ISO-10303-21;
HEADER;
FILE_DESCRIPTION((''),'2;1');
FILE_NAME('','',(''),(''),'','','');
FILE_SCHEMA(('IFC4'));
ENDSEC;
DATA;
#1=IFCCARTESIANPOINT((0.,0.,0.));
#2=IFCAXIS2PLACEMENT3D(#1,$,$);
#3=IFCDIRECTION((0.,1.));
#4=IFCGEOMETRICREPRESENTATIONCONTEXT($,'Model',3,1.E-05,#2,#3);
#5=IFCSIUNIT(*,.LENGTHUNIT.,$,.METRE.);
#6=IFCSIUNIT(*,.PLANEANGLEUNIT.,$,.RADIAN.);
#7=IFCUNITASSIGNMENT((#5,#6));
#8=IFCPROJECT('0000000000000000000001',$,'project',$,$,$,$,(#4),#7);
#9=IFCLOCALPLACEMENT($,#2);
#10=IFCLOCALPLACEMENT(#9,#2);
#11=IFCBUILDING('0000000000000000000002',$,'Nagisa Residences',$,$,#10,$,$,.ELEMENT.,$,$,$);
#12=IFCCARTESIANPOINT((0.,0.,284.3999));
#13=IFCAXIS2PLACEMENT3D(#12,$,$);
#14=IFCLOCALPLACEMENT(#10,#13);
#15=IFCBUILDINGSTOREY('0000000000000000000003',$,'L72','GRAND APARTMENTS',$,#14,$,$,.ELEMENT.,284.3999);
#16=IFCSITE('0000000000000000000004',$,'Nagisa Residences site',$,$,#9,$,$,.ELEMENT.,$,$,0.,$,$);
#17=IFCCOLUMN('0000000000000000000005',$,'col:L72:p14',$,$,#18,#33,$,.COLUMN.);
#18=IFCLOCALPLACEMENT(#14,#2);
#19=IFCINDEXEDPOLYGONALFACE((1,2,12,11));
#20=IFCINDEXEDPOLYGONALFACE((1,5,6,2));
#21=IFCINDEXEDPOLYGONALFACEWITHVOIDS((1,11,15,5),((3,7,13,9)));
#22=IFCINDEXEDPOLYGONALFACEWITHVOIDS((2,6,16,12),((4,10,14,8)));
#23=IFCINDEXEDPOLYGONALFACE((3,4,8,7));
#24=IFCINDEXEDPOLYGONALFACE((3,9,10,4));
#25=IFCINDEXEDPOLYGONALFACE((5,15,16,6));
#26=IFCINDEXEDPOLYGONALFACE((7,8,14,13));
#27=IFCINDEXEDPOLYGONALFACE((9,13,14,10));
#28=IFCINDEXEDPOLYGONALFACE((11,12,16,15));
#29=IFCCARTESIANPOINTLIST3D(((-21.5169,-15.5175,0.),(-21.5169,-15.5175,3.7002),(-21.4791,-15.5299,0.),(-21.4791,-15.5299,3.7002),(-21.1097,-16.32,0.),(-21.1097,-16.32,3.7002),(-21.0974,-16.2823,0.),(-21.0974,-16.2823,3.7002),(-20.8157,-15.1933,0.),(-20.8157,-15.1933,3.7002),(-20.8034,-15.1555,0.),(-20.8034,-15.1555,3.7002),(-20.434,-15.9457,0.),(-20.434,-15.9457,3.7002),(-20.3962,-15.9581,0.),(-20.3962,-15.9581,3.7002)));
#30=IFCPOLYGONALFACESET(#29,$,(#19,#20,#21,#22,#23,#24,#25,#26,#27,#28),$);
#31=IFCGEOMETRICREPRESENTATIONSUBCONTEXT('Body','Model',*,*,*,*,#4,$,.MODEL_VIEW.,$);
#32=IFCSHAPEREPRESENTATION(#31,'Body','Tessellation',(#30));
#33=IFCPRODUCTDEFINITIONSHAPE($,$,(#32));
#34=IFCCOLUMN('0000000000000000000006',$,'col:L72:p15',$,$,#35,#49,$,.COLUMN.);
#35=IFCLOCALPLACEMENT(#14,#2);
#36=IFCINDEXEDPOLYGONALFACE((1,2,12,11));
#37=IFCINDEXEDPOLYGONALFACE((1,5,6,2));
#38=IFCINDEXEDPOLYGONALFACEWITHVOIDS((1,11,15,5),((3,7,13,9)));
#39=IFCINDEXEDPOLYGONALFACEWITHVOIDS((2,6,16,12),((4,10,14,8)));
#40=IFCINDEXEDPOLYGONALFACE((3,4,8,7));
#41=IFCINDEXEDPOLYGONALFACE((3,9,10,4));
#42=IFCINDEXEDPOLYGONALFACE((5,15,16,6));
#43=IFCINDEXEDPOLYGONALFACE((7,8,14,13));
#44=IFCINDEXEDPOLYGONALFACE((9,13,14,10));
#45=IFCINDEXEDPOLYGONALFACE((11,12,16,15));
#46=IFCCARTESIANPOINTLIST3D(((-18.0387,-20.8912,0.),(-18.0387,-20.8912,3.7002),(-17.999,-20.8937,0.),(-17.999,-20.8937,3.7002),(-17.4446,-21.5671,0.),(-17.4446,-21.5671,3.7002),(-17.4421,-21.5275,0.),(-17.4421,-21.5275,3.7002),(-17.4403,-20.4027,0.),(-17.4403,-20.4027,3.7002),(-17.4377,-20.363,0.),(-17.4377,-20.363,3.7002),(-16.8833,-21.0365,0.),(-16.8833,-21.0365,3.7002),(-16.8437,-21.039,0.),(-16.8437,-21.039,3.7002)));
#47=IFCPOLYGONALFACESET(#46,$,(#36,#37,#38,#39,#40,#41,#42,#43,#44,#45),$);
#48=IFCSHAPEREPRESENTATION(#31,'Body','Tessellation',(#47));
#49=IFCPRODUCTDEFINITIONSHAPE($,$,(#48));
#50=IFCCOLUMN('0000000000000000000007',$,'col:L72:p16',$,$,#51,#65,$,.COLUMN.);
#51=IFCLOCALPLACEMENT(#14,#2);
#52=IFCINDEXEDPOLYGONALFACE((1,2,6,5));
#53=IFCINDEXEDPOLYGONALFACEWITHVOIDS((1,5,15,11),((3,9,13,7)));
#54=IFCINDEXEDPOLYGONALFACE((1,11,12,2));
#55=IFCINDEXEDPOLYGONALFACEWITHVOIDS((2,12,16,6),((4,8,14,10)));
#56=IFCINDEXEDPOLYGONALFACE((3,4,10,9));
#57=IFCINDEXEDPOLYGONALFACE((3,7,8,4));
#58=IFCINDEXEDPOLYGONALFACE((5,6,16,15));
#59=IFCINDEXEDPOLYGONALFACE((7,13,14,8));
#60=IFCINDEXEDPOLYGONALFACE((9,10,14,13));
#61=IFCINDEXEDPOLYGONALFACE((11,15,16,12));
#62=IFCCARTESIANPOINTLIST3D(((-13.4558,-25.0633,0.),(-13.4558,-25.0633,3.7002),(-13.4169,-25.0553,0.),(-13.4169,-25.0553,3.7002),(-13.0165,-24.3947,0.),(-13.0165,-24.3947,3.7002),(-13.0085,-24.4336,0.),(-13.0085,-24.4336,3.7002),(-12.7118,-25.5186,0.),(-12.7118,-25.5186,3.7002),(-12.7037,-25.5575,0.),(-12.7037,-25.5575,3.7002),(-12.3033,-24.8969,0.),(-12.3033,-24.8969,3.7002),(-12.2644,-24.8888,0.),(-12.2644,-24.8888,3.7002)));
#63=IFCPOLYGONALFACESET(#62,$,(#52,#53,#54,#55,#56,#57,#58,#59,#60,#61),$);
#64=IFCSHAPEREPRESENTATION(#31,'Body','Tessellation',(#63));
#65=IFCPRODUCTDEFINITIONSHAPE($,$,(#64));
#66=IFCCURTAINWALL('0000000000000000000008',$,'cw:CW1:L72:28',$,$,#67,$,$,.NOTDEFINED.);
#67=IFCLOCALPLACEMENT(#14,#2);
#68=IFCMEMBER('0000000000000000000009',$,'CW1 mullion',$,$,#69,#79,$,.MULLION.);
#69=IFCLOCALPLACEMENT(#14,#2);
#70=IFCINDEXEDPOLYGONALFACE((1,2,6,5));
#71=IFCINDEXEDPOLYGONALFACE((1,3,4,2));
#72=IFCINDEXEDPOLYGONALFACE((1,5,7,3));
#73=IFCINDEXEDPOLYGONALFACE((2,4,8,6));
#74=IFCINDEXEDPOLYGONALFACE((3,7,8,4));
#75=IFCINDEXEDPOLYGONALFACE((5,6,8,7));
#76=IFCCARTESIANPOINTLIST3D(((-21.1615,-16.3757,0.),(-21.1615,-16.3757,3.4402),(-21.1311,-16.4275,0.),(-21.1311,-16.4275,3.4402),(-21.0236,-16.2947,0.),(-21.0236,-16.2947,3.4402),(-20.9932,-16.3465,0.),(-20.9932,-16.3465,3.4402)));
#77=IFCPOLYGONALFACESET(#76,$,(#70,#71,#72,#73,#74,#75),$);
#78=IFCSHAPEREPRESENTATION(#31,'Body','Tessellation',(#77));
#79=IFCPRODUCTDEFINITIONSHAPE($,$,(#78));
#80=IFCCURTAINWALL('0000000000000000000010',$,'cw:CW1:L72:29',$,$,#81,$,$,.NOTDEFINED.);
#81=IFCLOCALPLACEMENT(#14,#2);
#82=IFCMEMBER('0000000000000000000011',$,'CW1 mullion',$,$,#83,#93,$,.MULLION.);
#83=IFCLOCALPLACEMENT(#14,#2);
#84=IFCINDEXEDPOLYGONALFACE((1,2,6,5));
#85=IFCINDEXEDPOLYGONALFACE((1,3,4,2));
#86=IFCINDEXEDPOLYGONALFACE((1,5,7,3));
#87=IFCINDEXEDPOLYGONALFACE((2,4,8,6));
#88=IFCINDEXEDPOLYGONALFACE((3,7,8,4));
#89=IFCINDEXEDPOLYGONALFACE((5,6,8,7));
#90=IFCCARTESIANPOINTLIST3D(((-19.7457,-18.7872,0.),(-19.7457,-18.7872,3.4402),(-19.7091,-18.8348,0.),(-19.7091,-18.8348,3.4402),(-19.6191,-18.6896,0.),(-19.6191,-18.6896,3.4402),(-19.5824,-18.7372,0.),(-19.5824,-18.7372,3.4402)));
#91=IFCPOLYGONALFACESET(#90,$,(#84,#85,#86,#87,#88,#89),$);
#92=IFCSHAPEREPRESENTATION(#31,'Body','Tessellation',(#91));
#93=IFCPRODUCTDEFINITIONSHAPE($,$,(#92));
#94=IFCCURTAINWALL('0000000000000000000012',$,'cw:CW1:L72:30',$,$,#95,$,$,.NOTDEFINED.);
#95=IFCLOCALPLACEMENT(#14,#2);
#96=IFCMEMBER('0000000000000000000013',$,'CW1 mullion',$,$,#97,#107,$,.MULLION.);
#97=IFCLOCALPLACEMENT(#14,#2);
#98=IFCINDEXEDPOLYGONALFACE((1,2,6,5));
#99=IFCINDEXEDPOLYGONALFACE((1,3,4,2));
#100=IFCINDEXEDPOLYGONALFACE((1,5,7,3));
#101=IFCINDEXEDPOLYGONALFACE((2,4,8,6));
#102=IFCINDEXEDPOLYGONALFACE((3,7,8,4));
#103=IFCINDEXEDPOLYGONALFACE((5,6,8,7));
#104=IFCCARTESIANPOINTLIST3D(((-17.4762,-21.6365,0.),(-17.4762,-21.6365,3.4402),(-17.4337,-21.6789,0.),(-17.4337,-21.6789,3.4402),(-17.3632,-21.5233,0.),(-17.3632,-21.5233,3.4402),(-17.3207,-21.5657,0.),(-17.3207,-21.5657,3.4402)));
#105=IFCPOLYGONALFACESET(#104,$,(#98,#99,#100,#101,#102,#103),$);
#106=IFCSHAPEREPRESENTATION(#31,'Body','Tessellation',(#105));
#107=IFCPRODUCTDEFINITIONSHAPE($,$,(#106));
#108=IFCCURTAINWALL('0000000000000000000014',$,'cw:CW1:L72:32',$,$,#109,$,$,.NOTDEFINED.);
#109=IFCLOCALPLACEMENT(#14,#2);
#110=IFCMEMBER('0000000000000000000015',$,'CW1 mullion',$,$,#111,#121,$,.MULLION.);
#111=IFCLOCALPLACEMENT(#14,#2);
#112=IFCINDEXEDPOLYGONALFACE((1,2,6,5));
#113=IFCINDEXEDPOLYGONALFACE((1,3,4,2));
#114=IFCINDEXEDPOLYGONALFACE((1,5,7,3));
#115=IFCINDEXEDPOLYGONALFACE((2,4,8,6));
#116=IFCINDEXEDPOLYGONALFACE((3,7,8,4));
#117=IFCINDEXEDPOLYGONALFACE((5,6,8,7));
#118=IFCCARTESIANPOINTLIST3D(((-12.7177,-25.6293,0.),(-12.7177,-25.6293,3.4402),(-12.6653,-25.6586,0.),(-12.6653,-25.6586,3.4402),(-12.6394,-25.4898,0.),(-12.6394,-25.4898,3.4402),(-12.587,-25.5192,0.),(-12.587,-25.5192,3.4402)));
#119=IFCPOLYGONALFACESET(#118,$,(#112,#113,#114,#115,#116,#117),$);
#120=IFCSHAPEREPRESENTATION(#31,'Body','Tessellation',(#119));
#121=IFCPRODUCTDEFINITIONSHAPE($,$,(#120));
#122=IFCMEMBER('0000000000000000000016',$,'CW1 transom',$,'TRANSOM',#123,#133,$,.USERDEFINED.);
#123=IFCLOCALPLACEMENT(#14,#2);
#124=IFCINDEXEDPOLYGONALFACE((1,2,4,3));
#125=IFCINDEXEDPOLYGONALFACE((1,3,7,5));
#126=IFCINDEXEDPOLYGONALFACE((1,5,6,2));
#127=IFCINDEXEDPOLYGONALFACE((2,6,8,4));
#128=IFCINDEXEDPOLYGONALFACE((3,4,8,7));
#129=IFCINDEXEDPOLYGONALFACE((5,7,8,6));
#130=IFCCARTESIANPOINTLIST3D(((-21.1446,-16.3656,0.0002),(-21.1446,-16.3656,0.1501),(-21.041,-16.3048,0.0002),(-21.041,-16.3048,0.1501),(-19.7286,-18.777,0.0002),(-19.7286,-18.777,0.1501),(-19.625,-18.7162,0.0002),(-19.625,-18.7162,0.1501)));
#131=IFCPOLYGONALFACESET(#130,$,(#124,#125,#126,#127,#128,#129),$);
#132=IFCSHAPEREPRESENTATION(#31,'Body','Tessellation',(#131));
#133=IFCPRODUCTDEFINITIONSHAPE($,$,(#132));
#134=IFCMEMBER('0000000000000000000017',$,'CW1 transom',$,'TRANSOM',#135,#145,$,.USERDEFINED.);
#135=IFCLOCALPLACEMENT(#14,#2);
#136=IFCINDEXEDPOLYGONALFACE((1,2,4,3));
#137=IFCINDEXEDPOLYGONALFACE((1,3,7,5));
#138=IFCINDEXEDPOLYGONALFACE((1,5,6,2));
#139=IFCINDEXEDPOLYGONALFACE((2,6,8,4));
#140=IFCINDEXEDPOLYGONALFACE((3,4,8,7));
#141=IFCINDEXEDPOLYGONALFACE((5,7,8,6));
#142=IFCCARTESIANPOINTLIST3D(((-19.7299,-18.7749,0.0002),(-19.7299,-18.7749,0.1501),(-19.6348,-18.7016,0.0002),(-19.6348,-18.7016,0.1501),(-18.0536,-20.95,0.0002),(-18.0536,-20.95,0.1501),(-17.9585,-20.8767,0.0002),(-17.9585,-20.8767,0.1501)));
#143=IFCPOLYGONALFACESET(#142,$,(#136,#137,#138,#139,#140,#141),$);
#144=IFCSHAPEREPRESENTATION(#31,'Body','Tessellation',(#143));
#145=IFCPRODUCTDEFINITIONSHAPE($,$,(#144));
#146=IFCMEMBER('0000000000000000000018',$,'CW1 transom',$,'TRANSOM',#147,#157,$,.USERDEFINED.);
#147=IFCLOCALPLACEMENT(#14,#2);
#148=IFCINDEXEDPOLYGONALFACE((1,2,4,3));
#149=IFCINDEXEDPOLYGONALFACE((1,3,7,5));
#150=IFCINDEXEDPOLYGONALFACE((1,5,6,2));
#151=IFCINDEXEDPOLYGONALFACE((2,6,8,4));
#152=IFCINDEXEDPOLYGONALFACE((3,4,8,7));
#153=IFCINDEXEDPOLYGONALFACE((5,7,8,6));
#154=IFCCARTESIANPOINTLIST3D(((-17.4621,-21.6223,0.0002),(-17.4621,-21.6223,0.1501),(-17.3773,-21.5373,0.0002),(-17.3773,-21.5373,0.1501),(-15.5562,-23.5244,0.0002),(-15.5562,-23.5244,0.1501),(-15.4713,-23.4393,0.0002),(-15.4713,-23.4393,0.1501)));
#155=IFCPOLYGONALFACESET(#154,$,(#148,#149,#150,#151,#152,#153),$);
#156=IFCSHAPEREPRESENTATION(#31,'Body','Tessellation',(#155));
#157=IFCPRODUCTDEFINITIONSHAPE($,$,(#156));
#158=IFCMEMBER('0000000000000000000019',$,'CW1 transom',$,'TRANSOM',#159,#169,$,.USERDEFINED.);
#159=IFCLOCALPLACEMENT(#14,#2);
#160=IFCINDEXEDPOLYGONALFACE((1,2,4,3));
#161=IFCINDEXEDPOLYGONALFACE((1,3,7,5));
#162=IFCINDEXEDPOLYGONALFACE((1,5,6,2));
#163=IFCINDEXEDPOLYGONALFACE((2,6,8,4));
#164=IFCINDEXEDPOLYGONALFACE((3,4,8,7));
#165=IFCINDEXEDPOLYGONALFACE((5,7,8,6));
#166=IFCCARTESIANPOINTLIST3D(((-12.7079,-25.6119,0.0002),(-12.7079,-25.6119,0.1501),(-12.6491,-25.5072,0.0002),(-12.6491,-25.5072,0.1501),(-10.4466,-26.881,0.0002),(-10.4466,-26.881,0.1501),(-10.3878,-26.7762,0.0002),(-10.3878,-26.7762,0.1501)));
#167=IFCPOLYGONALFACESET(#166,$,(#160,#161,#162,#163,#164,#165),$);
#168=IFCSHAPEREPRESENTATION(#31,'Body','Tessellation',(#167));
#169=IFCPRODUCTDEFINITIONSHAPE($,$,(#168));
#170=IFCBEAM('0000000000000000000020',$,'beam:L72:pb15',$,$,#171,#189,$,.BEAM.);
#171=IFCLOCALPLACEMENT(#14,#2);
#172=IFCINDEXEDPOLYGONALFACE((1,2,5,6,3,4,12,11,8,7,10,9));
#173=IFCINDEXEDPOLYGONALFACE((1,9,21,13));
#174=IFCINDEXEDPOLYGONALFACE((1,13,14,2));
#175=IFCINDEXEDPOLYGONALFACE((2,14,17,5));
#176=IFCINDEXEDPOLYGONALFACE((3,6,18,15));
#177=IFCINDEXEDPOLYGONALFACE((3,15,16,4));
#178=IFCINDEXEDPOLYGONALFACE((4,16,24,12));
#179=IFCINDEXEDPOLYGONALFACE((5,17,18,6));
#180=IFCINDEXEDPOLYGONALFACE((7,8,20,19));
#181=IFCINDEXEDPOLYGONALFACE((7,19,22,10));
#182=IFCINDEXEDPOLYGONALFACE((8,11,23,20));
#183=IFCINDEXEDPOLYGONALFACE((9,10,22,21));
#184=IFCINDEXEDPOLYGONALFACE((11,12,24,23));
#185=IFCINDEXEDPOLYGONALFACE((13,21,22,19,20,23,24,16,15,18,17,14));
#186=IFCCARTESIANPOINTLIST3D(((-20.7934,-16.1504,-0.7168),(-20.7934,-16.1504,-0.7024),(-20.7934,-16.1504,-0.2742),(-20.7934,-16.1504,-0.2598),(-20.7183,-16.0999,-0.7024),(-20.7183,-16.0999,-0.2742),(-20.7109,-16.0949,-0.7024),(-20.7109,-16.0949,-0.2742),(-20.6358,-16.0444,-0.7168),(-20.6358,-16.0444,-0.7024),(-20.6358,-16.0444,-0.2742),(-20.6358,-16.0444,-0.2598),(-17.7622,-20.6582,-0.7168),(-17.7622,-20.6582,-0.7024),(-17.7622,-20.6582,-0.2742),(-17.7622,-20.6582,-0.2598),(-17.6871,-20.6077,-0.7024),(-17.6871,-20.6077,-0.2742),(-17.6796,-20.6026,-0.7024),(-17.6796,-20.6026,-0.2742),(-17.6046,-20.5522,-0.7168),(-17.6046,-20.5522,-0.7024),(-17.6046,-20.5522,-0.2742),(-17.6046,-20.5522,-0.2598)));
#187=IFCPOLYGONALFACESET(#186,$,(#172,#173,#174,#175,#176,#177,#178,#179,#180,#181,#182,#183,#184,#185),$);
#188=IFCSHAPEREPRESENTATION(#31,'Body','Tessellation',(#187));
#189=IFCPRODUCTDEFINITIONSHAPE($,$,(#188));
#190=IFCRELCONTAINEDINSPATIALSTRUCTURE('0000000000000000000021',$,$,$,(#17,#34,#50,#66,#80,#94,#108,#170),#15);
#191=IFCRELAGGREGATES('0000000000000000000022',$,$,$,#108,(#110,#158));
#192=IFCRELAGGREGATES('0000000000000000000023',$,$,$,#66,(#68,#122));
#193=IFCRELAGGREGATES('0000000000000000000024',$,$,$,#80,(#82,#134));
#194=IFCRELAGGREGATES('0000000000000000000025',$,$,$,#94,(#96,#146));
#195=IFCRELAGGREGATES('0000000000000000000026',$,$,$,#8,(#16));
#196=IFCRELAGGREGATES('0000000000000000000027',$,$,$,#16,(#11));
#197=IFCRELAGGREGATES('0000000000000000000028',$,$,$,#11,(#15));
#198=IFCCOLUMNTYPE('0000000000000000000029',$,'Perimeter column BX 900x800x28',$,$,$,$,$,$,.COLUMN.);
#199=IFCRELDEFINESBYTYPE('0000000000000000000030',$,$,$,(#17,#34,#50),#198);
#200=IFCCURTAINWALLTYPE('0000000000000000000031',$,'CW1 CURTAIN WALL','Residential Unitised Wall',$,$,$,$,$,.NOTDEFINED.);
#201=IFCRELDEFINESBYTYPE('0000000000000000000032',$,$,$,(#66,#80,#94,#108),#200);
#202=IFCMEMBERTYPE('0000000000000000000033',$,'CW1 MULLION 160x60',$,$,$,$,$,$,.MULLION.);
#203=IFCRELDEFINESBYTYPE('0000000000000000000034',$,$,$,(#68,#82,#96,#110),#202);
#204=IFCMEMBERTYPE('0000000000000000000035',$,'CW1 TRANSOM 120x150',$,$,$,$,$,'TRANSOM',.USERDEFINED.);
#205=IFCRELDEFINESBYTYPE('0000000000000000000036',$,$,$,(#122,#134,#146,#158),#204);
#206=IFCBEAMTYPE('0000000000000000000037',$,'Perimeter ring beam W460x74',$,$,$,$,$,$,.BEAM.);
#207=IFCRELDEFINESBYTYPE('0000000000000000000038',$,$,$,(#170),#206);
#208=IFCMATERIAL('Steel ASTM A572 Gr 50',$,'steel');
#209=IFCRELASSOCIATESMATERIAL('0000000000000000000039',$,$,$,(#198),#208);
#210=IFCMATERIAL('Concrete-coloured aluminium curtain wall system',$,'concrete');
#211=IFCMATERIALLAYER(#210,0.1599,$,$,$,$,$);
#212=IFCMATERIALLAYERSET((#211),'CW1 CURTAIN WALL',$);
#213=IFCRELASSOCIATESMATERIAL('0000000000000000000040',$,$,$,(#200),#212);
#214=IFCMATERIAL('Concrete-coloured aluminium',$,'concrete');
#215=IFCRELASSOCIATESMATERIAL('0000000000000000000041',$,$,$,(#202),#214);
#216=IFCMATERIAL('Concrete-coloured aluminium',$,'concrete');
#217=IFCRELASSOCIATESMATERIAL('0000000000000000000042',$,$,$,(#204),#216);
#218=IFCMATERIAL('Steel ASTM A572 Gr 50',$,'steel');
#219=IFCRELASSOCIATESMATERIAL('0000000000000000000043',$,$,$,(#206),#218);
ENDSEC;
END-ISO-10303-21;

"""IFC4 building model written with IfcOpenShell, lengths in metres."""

from ifc_helpers import new_model, si_unit, direction, frame, origin, origin_2d, place, context, subcontext, project, spatial, rectangle, hollow_rectangle, i_section, extrude, material, layer, layer_set, material_profile, profile_set, type_object, element, aggregate, save


model = new_model("IFC4")

# Units and contexts
model_context = context("Model", 3, precision=1e-05, world=origin(), true_north=direction((0.0, 1.0)))
body_context = subcontext(model_context, "Body", "Model", "MODEL_VIEW")
ifc_project = project(units=[si_unit("LENGTHUNIT", "METRE"), si_unit("PLANEANGLEUNIT", "RADIAN")], contexts=[model_context])

# Site, building, storey
site_placement = place(None, origin())
site = spatial("IfcSite", under=ifc_project, at=site_placement, Name="Nagisa Residences site", CompositionType="ELEMENT", RefElevation=0.0)
building_placement = place(site_placement, origin())
building = spatial("IfcBuilding", under=site, at=building_placement, Name="Nagisa Residences", CompositionType="ELEMENT")
storey_placement = place(building_placement, frame((0.0, 0.0, 284.3999)))
storey = spatial("IfcBuildingStorey", under=building, at=storey_placement, Name="L72", Description="GRAND APARTMENTS", CompositionType="ELEMENT", Elevation=284.3999)

# Columns
ifc_material_1 = material(Name="Steel ASTM A572 Gr 50", Category="steel")
ifc_material_profile_1 = material_profile(ifc_material_1, hollow_rectangle(XDim=0.8999, YDim=0.8, WallThickness=0.0281, at=origin_2d()), Name="BX 900x800x28")
ifc_profile_set_1 = profile_set([ifc_material_profile_1], Name="Steel ASTM A572 Gr 50")
column_type = type_object("IfcColumnType", Name="Perimeter column BX 900x800x28", PredefinedType="COLUMN", material=ifc_profile_set_1)
for number, where, z_axis, x_axis, name in (
    (1, (-20.9565, -15.7378, 0.0), (0.0, 0.0, 1.0), (0.452463, -0.891783, 0.0), "col:L72:p14"),
    (2, (-17.4412, -20.9651, 0.0), (0.0, 0.0, 1.0), (0.660115, -0.751165, 0.0), "col:L72:p15"),
    (3, (-12.8601, -24.9761, 0.0), (0.0, 0.0, 1.0), (0.835766, -0.549086, 0.0), "col:L72:p16"),
):
    element("IfcColumn", number, at=place(storey_placement, frame(where, z_axis=z_axis, x_axis=x_axis)), inside=storey, type_object=column_type, Name=name, PredefinedType="COLUMN", context=body_context, shape_type="SweptSolid", body=[
        extrude(hollow_rectangle(XDim=0.8999, YDim=0.8, WallThickness=0.0281, at=origin_2d()), origin(), (0.0, 0.0, 1.0), 3.7002),
    ])

# Curtain walls, members
ifc_material_2 = material(Name="Concrete-coloured aluminium curtain wall system", Category="concrete")
ifc_layer_1 = layer(ifc_material_2, 0.1599)
ifc_layer_set_1 = layer_set([ifc_layer_1], Name="CW1 CURTAIN WALL")
curtain_wall_type = type_object("IfcCurtainWallType", Name="CW1 CURTAIN WALL", Description="Residential Unitised Wall", PredefinedType="NOTDEFINED", material=ifc_layer_set_1)
curtain_wall_1_placement = place(storey_placement, origin())
curtain_wall_1 = element("IfcCurtainWall", 4, at=curtain_wall_1_placement, inside=storey, type_object=curtain_wall_type, Name="cw:CW1:L72:28", PredefinedType="NOTDEFINED")
ifc_material_3 = material(Name="Concrete-coloured aluminium", Category="concrete")
ifc_material_profile_2 = material_profile(ifc_material_3, rectangle(XDim=0.1599, YDim=0.0601, at=origin_2d()), Name="CW1 MULLION 160x60")
ifc_profile_set_2 = profile_set([ifc_material_profile_2], Name="Concrete-coloured aluminium")
member_type_1 = type_object("IfcMemberType", Name="CW1 MULLION 160x60", PredefinedType="MULLION", material=ifc_profile_set_2)
member_1_placement = place(storey_placement, frame((-21.0774, -16.3611, 0.0), z_axis=(0.0, 0.0, 1.0), x_axis=(0.862329, 0.506349, 0.0)))
member_1 = element("IfcMember", 5, at=member_1_placement, type_object=member_type_1, Name="CW1 mullion", PredefinedType="MULLION", context=body_context, shape_type="SweptSolid", body=[
    extrude(rectangle(XDim=0.1599, YDim=0.0601, at=origin_2d()), origin(), (0.0, 0.0, 1.0), 3.4402),
])
curtain_wall_2_placement = place(storey_placement, origin())
curtain_wall_2 = element("IfcCurtainWall", 6, at=curtain_wall_2_placement, inside=storey, type_object=curtain_wall_type, Name="cw:CW1:L72:29", PredefinedType="NOTDEFINED")
member_2_placement = place(storey_placement, frame((-19.6641, -18.7622, 0.0), z_axis=(0.0, 0.0, 1.0), x_axis=(0.79207, 0.61043, 0.0)))
member_2 = element("IfcMember", 7, at=member_2_placement, type_object=member_type_1, Name="CW1 mullion", PredefinedType="MULLION", context=body_context, shape_type="SweptSolid", body=[
    extrude(rectangle(XDim=0.1599, YDim=0.0601, at=origin_2d()), origin(), (0.0, 0.0, 1.0), 3.4402),
])
curtain_wall_3_placement = place(storey_placement, origin())
curtain_wall_3 = element("IfcCurtainWall", 8, at=curtain_wall_3_placement, inside=storey, type_object=curtain_wall_type, Name="cw:CW1:L72:30", PredefinedType="NOTDEFINED")
member_3_placement = place(storey_placement, frame((-17.3984, -21.6011, 0.0), z_axis=(0.0, 0.0, 1.0), x_axis=(0.706377, 0.707836, 0.0)))
member_3 = element("IfcMember", 9, at=member_3_placement, type_object=member_type_1, Name="CW1 mullion", PredefinedType="MULLION", context=body_context, shape_type="SweptSolid", body=[
    extrude(rectangle(XDim=0.1599, YDim=0.0601, at=origin_2d()), origin(), (0.0, 0.0, 1.0), 3.4402),
])
curtain_wall_4_placement = place(storey_placement, origin())
curtain_wall_4 = element("IfcCurtainWall", 10, at=curtain_wall_4_placement, inside=storey, type_object=curtain_wall_type, Name="cw:CW1:L72:32", PredefinedType="NOTDEFINED")
member_4_placement = place(storey_placement, frame((-12.6523, -25.5742, 0.0), z_axis=(0.0, 0.0, 1.0), x_axis=(0.489377, 0.872072, 0.0)))
member_4 = element("IfcMember", 11, at=member_4_placement, type_object=member_type_1, Name="CW1 mullion", PredefinedType="MULLION", context=body_context, shape_type="SweptSolid", body=[
    extrude(rectangle(XDim=0.1599, YDim=0.0601, at=origin_2d()), origin(), (0.0, 0.0, 1.0), 3.4402),
])

# Members
ifc_material_4 = material(Name="Concrete-coloured aluminium", Category="concrete")
ifc_material_profile_3 = material_profile(ifc_material_4, rectangle(XDim=0.1201, YDim=0.1499, at=origin_2d()), Name="CW1 TRANSOM 120x150")
ifc_profile_set_3 = profile_set([ifc_material_profile_3], Name="Concrete-coloured aluminium")
member_type_2 = type_object("IfcMemberType", Name="CW1 TRANSOM 120x150", ElementType="TRANSOM", PredefinedType="USERDEFINED", material=ifc_profile_set_3)
member_5_placement = place(storey_placement, frame((-21.0928, -16.3352, 0.0752), z_axis=(0.506371, -0.862316, 0.0), x_axis=(0.862316, 0.506371, 0.0)))
member_5 = element("IfcMember", 12, at=member_5_placement, type_object=member_type_2, Name="CW1 transom", ObjectType="TRANSOM", PredefinedType="USERDEFINED", context=body_context, shape_type="SweptSolid", body=[
    extrude(rectangle(XDim=0.1201, YDim=0.1499, at=origin_2d()), origin(), (0.0, 0.0, 1.0), 2.7964),
])
member_6_placement = place(storey_placement, frame((-19.6824, -18.7383, 0.0752), z_axis=(0.610432, -0.792068, 0.0), x_axis=(0.792068, 0.610432, 0.0)))
member_6 = element("IfcMember", 13, at=member_6_placement, type_object=member_type_2, Name="CW1 transom", ObjectType="TRANSOM", PredefinedType="USERDEFINED", context=body_context, shape_type="SweptSolid", body=[
    extrude(rectangle(XDim=0.1201, YDim=0.1499, at=origin_2d()), origin(), (0.0, 0.0, 1.0), 2.7461),
])
member_7_placement = place(storey_placement, frame((-17.4197, -21.5798, 0.0752), z_axis=(0.707832, -0.706381, 0.0), x_axis=(0.706381, 0.707832, 0.0)))
member_7 = element("IfcMember", 14, at=member_7_placement, type_object=member_type_2, Name="CW1 transom", ObjectType="TRANSOM", PredefinedType="USERDEFINED", context=body_context, shape_type="SweptSolid", body=[
    extrude(rectangle(XDim=0.1201, YDim=0.1499, at=origin_2d()), origin(), (0.0, 0.0, 1.0), 2.6926),
])
member_8_placement = place(storey_placement, frame((-12.6785, -25.5596, 0.0752), z_axis=(0.872053, -0.489412, 0.0), x_axis=(0.489412, 0.872053, 0.0)))
member_8 = element("IfcMember", 15, at=member_8_placement, type_object=member_type_2, Name="CW1 transom", ObjectType="TRANSOM", PredefinedType="USERDEFINED", context=body_context, shape_type="SweptSolid", body=[
    extrude(rectangle(XDim=0.1201, YDim=0.1499, at=origin_2d()), origin(), (0.0, 0.0, 1.0), 2.593),
])
aggregate(curtain_wall_4, [member_4, member_8])

# Beam
ifc_material_5 = material(Name="Steel ASTM A572 Gr 50", Category="steel")
ifc_material_profile_4 = material_profile(ifc_material_5, i_section(OverallWidth=0.1899, OverallDepth=0.457, WebThickness=0.009, FlangeThickness=0.0144, at=origin_2d()), Name="W460x74")
ifc_profile_set_4 = profile_set([ifc_material_profile_4], Name="Steel ASTM A572 Gr 50")
beam_type_1 = type_object("IfcBeamType", Name="Perimeter ring beam W460x74", PredefinedType="BEAM", material=ifc_profile_set_4)
beam_1_placement = place(storey_placement, frame((-20.7146, -16.0974, -0.4883), z_axis=(0.558015, -0.829831, 0.0), x_axis=(0.829831, 0.558015, 0.0)))
element("IfcBeam", 16, at=beam_1_placement, inside=storey, type_object=beam_type_1, Name="beam:L72:pb15", PredefinedType="BEAM", context=body_context, shape_type="SweptSolid", body=[
    extrude(i_section(OverallWidth=0.1899, OverallDepth=0.457, WebThickness=0.009, FlangeThickness=0.0144, at=origin_2d()), origin(), (0.0, 0.0, 1.0), 5.4321),
])

aggregate(curtain_wall_1, [member_1, member_5])
aggregate(curtain_wall_2, [member_2, member_6])
aggregate(curtain_wall_3, [member_3, member_7])

save(model, "model.ifc")
